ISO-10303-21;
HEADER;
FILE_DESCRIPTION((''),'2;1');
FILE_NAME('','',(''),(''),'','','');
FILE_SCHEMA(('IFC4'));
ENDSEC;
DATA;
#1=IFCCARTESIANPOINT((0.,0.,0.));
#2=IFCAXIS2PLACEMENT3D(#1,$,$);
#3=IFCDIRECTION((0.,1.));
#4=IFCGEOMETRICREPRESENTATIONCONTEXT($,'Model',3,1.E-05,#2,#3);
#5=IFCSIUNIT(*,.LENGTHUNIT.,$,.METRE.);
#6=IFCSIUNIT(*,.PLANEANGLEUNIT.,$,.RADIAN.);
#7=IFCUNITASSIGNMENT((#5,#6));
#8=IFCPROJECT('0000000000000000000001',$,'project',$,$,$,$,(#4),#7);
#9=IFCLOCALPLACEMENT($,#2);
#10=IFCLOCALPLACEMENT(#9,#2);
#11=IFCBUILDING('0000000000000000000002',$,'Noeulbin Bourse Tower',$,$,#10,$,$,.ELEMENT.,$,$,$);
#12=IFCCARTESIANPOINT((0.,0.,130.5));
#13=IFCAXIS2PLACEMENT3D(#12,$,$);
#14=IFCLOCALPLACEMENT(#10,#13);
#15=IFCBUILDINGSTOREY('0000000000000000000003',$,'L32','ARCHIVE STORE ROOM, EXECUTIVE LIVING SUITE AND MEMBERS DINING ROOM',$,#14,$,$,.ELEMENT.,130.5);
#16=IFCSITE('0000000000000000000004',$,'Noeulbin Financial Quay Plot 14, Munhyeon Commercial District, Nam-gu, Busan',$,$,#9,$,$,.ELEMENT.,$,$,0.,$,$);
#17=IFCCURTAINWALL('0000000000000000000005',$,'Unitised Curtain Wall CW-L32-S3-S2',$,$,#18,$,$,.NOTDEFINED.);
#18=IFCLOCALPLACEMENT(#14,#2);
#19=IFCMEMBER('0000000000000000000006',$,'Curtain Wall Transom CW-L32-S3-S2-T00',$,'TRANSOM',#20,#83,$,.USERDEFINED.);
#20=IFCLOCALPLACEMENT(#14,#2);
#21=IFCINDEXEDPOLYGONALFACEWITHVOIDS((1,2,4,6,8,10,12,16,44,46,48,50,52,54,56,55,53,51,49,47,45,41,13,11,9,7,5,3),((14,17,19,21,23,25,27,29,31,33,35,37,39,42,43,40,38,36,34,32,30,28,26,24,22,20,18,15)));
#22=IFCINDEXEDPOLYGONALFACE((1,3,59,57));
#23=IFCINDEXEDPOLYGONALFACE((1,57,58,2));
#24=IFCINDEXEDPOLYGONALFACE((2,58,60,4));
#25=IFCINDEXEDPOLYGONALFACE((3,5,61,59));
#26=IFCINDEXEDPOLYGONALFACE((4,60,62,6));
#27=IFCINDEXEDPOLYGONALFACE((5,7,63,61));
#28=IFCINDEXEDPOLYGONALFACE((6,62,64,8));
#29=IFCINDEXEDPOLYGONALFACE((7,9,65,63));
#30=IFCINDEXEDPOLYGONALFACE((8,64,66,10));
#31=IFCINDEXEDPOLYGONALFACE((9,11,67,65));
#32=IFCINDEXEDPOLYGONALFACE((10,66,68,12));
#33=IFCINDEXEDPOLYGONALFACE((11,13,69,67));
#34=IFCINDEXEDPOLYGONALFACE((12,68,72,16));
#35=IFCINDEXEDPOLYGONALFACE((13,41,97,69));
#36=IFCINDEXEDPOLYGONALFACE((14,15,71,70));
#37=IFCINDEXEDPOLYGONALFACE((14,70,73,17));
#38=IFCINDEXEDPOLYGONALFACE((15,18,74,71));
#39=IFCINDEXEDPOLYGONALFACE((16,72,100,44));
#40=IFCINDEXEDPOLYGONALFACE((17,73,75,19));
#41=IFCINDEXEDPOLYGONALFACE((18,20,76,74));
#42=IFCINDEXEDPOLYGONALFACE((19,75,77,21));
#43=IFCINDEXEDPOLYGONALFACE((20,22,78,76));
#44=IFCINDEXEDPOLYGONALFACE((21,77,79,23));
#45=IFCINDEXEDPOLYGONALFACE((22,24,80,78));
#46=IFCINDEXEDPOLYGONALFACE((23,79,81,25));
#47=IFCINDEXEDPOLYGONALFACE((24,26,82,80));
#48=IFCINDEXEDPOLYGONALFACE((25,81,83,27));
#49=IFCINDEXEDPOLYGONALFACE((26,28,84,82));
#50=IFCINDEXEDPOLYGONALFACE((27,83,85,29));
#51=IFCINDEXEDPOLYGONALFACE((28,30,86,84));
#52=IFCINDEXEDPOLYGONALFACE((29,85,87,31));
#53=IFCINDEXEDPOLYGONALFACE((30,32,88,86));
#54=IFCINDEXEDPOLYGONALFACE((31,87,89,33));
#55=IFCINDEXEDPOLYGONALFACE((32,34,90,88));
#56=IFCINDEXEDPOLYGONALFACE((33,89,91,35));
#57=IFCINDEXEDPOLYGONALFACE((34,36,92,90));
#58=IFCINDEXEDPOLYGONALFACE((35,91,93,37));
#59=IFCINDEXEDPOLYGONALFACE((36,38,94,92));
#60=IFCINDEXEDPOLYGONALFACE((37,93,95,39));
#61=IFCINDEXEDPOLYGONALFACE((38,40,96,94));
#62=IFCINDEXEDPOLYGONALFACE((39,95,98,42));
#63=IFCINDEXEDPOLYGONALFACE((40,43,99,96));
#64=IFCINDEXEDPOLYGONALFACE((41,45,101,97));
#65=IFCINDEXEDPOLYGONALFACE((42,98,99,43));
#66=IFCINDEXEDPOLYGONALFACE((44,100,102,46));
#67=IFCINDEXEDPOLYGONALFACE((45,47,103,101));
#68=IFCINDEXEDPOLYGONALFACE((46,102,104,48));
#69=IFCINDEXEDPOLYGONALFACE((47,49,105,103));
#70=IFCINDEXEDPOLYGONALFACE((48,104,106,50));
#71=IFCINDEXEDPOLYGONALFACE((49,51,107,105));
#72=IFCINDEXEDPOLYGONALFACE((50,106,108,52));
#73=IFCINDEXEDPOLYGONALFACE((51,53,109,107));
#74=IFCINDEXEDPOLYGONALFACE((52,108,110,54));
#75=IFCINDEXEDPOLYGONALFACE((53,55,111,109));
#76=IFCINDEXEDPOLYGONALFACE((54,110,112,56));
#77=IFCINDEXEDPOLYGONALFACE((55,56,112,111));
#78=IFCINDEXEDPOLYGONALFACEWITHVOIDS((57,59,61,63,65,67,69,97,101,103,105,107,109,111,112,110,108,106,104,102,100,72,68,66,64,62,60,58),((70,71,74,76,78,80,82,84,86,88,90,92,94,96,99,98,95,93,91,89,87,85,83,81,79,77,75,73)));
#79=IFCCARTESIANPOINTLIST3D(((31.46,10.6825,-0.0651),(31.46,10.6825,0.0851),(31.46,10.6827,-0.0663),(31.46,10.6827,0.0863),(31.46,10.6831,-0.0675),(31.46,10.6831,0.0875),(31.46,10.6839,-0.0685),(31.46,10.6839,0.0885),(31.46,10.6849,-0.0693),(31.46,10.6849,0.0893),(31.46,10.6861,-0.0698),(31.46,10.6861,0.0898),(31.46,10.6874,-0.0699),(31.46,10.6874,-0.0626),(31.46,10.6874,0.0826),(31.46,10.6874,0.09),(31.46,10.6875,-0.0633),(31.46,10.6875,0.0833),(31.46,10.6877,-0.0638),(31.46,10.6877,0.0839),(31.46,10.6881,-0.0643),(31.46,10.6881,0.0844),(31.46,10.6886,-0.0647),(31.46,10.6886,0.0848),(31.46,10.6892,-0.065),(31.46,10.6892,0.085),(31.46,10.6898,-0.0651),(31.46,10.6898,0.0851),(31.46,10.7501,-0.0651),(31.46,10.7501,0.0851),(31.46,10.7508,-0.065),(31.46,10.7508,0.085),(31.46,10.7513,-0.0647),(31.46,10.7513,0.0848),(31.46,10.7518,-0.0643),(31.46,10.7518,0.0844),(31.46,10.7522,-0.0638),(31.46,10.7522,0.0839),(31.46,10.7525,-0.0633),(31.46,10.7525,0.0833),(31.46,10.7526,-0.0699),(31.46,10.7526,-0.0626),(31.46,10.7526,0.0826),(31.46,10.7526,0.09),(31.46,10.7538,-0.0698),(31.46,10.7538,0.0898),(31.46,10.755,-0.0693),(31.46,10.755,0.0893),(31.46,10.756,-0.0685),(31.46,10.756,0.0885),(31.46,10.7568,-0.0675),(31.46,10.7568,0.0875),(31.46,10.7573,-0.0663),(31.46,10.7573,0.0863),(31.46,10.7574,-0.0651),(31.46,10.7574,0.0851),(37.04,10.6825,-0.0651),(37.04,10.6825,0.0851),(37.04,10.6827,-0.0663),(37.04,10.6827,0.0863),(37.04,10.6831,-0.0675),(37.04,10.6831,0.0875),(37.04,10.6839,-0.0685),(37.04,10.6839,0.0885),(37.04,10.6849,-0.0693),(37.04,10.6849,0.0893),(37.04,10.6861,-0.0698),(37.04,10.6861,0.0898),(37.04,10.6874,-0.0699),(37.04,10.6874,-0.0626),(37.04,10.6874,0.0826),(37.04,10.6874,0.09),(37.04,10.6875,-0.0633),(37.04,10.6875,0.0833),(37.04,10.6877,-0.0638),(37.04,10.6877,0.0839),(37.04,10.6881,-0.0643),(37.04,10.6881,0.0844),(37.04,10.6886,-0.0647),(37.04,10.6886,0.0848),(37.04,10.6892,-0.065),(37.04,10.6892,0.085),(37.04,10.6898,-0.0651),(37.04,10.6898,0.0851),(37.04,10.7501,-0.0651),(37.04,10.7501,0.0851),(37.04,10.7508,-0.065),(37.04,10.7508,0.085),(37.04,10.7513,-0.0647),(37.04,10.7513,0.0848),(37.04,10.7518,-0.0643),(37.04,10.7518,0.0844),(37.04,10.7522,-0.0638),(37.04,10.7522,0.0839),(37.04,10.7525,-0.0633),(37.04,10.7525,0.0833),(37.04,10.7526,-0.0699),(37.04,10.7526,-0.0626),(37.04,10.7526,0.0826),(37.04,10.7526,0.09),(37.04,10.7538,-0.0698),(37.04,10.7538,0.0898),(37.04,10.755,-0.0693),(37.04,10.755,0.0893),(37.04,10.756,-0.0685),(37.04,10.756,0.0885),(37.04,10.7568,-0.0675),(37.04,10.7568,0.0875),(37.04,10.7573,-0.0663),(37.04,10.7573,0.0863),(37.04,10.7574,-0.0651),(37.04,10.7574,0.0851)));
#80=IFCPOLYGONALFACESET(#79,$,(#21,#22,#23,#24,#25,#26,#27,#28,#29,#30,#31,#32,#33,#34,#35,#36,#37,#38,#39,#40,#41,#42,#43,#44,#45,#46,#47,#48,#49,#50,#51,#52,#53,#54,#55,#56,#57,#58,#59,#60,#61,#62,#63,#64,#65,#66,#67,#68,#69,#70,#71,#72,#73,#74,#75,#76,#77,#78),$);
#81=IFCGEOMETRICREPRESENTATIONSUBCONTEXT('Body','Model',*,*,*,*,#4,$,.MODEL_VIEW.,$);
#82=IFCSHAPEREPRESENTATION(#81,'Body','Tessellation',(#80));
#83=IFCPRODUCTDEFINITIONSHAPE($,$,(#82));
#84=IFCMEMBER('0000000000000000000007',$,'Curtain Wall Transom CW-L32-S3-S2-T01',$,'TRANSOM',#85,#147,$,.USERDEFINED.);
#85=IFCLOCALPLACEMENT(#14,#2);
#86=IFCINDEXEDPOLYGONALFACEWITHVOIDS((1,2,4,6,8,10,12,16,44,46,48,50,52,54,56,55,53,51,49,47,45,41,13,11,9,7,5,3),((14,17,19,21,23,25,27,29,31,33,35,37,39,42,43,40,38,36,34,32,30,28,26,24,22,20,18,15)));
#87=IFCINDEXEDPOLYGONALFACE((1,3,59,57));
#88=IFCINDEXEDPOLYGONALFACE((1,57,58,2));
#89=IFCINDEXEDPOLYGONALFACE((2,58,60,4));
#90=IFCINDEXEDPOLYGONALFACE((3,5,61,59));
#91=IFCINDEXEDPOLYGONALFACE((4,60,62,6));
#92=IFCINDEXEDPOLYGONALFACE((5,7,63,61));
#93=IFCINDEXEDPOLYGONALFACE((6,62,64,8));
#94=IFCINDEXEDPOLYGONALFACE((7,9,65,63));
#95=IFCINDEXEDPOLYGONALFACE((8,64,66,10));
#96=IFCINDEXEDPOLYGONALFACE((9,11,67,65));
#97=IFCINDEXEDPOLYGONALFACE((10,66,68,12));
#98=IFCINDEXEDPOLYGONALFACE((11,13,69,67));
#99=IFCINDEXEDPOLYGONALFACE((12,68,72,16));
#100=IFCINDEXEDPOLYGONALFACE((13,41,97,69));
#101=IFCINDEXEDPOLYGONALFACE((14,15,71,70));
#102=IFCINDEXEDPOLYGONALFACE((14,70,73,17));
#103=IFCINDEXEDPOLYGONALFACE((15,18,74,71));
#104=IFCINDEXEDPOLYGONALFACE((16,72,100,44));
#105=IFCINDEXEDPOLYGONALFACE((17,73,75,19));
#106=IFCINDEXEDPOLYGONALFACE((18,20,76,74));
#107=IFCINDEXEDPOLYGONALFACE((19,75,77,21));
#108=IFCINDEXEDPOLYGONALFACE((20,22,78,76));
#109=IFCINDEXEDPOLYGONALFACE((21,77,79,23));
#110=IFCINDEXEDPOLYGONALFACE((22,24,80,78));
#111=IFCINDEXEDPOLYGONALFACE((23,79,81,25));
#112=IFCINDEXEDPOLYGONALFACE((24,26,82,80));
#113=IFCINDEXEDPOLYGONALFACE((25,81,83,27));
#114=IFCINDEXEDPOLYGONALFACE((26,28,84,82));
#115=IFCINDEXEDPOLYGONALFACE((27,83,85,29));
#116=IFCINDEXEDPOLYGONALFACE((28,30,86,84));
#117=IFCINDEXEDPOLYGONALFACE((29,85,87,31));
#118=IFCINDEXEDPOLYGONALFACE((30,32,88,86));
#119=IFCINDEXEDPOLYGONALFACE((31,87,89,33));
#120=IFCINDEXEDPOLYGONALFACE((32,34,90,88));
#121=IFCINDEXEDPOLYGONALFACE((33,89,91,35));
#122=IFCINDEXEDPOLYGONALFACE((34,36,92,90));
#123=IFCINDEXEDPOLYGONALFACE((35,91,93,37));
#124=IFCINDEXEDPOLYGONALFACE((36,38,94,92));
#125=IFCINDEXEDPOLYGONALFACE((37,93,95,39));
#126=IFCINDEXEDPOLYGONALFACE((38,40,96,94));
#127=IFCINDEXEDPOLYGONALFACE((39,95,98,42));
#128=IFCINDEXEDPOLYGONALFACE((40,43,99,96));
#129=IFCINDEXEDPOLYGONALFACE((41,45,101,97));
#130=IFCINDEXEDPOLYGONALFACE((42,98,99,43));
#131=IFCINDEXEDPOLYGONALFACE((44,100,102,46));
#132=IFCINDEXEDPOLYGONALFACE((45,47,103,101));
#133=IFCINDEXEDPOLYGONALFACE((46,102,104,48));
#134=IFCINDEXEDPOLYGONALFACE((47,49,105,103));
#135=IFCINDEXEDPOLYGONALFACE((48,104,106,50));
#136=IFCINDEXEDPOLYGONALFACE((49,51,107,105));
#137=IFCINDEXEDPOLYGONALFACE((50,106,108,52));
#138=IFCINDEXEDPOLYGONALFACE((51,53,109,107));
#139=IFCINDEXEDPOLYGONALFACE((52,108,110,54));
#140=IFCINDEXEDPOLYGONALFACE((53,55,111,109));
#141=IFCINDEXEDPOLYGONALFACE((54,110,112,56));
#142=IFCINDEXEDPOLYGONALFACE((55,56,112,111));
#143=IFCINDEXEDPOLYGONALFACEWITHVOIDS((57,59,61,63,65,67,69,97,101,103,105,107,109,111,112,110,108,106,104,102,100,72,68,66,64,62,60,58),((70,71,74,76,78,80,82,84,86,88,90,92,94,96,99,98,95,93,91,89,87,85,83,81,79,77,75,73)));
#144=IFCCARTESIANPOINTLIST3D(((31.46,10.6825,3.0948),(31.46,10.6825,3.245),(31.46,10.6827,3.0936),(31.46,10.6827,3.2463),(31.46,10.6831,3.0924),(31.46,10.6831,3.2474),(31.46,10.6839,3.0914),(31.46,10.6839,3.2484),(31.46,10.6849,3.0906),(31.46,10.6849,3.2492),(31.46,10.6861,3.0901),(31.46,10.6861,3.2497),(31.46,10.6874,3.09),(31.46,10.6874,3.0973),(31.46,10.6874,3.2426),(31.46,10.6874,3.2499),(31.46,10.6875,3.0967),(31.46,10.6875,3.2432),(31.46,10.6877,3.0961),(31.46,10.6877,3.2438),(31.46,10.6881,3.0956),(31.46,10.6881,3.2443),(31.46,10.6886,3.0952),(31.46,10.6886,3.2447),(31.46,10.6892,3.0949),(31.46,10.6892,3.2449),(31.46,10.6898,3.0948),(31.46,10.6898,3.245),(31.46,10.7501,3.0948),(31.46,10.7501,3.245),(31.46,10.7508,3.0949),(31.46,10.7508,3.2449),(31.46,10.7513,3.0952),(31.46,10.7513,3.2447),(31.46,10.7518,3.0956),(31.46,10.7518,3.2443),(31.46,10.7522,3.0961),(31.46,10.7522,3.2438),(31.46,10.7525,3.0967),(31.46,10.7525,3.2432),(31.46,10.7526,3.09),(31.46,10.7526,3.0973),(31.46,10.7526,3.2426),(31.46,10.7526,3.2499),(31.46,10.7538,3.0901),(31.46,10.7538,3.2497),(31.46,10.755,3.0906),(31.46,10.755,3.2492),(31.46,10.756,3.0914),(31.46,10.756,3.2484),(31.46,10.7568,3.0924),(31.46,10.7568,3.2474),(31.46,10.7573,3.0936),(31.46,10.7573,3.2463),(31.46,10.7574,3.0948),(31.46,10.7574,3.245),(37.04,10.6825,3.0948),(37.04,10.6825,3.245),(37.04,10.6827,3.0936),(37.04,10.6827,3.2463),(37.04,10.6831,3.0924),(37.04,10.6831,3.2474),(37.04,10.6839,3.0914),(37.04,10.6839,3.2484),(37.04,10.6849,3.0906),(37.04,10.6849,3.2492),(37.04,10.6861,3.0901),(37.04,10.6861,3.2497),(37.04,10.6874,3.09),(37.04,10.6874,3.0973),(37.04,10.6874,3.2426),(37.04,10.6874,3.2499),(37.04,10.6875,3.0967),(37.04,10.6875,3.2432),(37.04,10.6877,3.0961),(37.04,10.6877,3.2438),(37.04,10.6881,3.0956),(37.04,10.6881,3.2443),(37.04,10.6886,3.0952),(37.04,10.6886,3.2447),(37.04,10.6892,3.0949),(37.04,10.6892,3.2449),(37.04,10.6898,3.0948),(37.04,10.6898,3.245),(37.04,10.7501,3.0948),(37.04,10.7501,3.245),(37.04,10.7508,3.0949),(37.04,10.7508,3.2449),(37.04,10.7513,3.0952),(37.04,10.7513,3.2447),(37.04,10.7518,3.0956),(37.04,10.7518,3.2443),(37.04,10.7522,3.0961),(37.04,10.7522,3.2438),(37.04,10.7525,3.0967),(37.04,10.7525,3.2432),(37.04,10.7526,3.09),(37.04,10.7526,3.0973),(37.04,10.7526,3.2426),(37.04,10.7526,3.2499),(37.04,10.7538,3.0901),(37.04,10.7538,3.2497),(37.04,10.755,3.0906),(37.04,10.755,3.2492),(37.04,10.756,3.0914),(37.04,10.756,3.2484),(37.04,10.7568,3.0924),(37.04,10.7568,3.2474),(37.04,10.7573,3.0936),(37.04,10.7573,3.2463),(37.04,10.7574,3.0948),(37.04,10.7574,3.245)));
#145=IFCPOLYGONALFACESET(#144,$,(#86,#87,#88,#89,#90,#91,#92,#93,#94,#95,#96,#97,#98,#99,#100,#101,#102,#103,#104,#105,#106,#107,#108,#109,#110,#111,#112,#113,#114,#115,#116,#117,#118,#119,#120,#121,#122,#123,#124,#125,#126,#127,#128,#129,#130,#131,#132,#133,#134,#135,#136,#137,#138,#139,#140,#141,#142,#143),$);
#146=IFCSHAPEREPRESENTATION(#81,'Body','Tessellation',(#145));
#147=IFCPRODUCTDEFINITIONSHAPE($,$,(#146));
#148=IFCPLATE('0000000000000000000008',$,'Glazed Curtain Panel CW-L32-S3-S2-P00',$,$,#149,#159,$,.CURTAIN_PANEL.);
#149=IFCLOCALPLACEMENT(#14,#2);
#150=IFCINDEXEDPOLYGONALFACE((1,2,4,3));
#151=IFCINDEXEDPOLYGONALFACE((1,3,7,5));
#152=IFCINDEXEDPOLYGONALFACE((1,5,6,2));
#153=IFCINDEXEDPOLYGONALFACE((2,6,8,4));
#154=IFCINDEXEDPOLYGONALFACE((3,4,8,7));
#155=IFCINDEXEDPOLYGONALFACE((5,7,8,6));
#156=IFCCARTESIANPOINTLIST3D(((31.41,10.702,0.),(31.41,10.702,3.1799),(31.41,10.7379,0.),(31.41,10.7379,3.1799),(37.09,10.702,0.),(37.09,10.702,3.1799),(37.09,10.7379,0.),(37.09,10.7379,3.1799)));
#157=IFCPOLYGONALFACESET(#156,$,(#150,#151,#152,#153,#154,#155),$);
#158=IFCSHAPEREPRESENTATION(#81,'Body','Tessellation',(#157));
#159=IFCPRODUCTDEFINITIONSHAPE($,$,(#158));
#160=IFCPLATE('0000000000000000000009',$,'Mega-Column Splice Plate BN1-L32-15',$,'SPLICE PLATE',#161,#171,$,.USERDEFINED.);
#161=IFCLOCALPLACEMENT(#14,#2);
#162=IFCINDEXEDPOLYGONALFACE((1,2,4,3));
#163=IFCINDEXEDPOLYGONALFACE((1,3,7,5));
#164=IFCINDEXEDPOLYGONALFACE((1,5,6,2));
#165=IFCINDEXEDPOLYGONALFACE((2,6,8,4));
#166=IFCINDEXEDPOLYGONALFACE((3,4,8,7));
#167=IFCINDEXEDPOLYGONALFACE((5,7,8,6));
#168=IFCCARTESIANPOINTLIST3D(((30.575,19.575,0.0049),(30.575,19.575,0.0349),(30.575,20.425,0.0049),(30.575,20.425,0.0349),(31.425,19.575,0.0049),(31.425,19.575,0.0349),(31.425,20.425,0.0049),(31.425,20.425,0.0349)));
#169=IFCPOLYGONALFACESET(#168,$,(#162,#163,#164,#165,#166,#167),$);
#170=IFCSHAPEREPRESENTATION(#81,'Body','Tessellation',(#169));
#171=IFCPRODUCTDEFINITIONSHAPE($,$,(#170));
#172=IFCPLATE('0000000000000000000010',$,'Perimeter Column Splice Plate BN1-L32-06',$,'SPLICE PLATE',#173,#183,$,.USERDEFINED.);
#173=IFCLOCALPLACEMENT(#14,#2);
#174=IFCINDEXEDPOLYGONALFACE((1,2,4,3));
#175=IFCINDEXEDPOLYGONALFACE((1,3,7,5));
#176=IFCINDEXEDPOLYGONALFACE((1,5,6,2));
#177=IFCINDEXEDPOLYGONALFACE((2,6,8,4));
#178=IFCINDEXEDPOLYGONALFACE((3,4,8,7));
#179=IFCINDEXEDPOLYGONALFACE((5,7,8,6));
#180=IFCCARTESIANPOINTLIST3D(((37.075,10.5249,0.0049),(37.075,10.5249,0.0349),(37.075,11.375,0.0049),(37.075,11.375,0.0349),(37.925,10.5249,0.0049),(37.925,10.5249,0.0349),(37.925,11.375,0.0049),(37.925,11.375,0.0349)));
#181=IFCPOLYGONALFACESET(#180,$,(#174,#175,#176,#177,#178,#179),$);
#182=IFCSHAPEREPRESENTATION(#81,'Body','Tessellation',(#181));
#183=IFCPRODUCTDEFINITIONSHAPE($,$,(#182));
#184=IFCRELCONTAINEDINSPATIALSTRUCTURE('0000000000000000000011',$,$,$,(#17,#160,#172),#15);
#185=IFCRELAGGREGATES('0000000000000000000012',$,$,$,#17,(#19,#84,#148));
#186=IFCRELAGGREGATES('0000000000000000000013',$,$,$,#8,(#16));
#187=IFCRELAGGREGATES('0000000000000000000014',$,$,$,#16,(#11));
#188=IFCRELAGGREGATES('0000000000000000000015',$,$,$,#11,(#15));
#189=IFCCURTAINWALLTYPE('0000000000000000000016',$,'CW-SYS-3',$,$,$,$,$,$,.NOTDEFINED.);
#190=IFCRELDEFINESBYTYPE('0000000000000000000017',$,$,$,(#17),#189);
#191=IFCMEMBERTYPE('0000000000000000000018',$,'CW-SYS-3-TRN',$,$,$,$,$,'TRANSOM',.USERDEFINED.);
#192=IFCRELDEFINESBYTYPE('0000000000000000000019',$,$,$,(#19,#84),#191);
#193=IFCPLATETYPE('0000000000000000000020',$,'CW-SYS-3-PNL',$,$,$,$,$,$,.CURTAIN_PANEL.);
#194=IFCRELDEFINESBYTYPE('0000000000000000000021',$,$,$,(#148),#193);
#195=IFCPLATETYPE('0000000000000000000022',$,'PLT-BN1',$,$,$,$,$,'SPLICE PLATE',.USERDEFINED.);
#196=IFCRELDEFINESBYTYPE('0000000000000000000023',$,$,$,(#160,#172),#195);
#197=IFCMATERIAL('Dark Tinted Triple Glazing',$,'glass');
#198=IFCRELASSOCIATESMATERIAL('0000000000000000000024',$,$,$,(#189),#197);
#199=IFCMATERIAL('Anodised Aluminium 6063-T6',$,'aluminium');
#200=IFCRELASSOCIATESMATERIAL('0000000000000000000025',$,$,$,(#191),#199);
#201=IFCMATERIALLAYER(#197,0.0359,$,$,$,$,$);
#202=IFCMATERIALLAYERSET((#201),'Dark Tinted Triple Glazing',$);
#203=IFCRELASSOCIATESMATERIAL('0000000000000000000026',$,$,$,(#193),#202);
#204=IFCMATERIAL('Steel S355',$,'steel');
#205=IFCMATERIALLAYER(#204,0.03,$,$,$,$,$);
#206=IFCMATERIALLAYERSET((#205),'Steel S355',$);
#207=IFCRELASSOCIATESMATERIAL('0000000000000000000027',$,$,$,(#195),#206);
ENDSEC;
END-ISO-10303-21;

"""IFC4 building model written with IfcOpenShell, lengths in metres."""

from ifc_helpers import new_model, si_unit, direction, frame, origin, origin_2d, place, context, subcontext, project, spatial, rectangle, hollow_rectangle, extrude, material, layer, layer_set, material_profile, profile_set, type_object, element, aggregate, save


model = new_model("IFC4")

# Units and contexts
model_context = context("Model", 3, precision=1e-05, world=origin(), true_north=direction((0.0, 1.0)))
body_context = subcontext(model_context, "Body", "Model", "MODEL_VIEW")
ifc_project = project(units=[si_unit("LENGTHUNIT", "METRE"), si_unit("PLANEANGLEUNIT", "RADIAN")], contexts=[model_context])

# Site, building, storey
site_placement = place(None, origin())
site = spatial("IfcSite", under=ifc_project, at=site_placement, Name="Noeulbin Financial Quay Plot 14, Munhyeon Commercial District, Nam-gu, Busan", CompositionType="ELEMENT", RefElevation=0.0)
building_placement = place(site_placement, origin())
building = spatial("IfcBuilding", under=site, at=building_placement, Name="Noeulbin Bourse Tower", CompositionType="ELEMENT")
storey_placement = place(building_placement, frame((0.0, 0.0, 130.5)))
storey = spatial("IfcBuildingStorey", under=building, at=storey_placement, Name="L32", Description="ARCHIVE STORE ROOM, EXECUTIVE LIVING SUITE AND MEMBERS DINING ROOM", CompositionType="ELEMENT", Elevation=130.5)

# Shared definitions
ifc_material_1 = material(Name="Steel S355", Category="steel")

# Curtain wall, members, plate
ifc_material_2 = material(Name="Dark Tinted Triple Glazing", Category="glass")
curtain_wall_type = type_object("IfcCurtainWallType", Name="CW-SYS-3", PredefinedType="NOTDEFINED", material=ifc_material_2)
curtain_wall_placement = place(storey_placement, origin())
curtain_wall = element("IfcCurtainWall", 1, at=curtain_wall_placement, inside=storey, type_object=curtain_wall_type, Name="Unitised Curtain Wall CW-L32-S3-S2", PredefinedType="NOTDEFINED")
ifc_material_3 = material(Name="Anodised Aluminium 6063-T6", Category="aluminium")
ifc_material_profile_1 = material_profile(ifc_material_3, hollow_rectangle(XDim=0.075, YDim=0.1599, WallThickness=0.0049, InnerFilletRadius=0.0024, OuterFilletRadius=0.0049, at=origin_2d()), Name="ALU-TRAN-75x160x5", Category="LoadBearing")
ifc_profile_set_1 = profile_set([ifc_material_profile_1], Name="Anodised Aluminium 6063-T6")
member_type_1 = type_object("IfcMemberType", Name="CW-SYS-3-TRN", ElementType="TRANSOM", PredefinedType="USERDEFINED", material=ifc_profile_set_1)
member_1_placement = place(storey_placement, frame((31.46, 10.72, 0.01), z_axis=(1.0, 0.0, 0.0), x_axis=(0.0, 1.0, 0.0)))
member_1 = element("IfcMember", 2, at=member_1_placement, type_object=member_type_1, Name="Curtain Wall Transom CW-L32-S3-S2-T00", ObjectType="TRANSOM", PredefinedType="USERDEFINED", context=body_context, shape_type="SweptSolid", body=[
    extrude(hollow_rectangle(XDim=0.075, YDim=0.1599, WallThickness=0.0049, InnerFilletRadius=0.0024, OuterFilletRadius=0.0049, at=origin_2d()), origin(), (0.0, 0.0, 1.0), 5.5801),
])
member_2_placement = place(storey_placement, frame((31.46, 10.72, 3.1699), z_axis=(1.0, 0.0, 0.0), x_axis=(0.0, 1.0, 0.0)))
member_2 = element("IfcMember", 3, at=member_2_placement, type_object=member_type_1, Name="Curtain Wall Transom CW-L32-S3-S2-T01", ObjectType="TRANSOM", PredefinedType="USERDEFINED", context=body_context, shape_type="SweptSolid", body=[
    extrude(hollow_rectangle(XDim=0.075, YDim=0.1599, WallThickness=0.0049, InnerFilletRadius=0.0024, OuterFilletRadius=0.0049, at=origin_2d()), origin(), (0.0, 0.0, 1.0), 5.5801),
])
ifc_layer_1 = layer(ifc_material_2, 0.0359)
ifc_layer_set_1 = layer_set([ifc_layer_1], Name="Dark Tinted Triple Glazing")
plate_type_1 = type_object("IfcPlateType", Name="CW-SYS-3-PNL", PredefinedType="CURTAIN_PANEL", material=ifc_layer_set_1)
plate_placement = place(storey_placement, frame((34.25, 10.72, 0.0), z_axis=(0.0, 0.0, 1.0), x_axis=(1.0, 0.0, 0.0)))
plate = element("IfcPlate", 4, at=plate_placement, type_object=plate_type_1, Name="Glazed Curtain Panel CW-L32-S3-S2-P00", PredefinedType="CURTAIN_PANEL", context=body_context, shape_type="SweptSolid", body=[
    extrude(rectangle(XDim=5.6799, YDim=0.0359, at=origin_2d()), origin(), (0.0, 0.0, 1.0), 3.1799),
])
aggregate(curtain_wall, [member_1, member_2, plate])

# Plates
ifc_layer_2 = layer(ifc_material_1, 0.03)
ifc_layer_set_2 = layer_set([ifc_layer_2], Name="Steel S355")
plate_type_2 = type_object("IfcPlateType", Name="PLT-BN1", ElementType="SPLICE PLATE", PredefinedType="USERDEFINED", material=ifc_layer_set_2)
for number, where, z_axis, x_axis, name in (
    (5, (31.0, 20.0, 0.0049), (0.0, 0.0, 1.0), (1.0, 0.0, 0.0), "Mega-Column Splice Plate BN1-L32-15"),
    (6, (37.5, 10.95, 0.0049), (0.0, 0.0, 1.0), (1.0, 0.0, 0.0), "Perimeter Column Splice Plate BN1-L32-06"),
):
    element("IfcPlate", number, at=place(storey_placement, frame(where, z_axis=z_axis, x_axis=x_axis)), inside=storey, type_object=plate_type_2, Name=name, ObjectType="SPLICE PLATE", PredefinedType="USERDEFINED", context=body_context, shape_type="SweptSolid", body=[
        extrude(rectangle(XDim=0.8501, YDim=0.8501, at=origin_2d()), origin(), (0.0, 0.0, 1.0), 0.03),
    ])

save(model, "model.ifc")
